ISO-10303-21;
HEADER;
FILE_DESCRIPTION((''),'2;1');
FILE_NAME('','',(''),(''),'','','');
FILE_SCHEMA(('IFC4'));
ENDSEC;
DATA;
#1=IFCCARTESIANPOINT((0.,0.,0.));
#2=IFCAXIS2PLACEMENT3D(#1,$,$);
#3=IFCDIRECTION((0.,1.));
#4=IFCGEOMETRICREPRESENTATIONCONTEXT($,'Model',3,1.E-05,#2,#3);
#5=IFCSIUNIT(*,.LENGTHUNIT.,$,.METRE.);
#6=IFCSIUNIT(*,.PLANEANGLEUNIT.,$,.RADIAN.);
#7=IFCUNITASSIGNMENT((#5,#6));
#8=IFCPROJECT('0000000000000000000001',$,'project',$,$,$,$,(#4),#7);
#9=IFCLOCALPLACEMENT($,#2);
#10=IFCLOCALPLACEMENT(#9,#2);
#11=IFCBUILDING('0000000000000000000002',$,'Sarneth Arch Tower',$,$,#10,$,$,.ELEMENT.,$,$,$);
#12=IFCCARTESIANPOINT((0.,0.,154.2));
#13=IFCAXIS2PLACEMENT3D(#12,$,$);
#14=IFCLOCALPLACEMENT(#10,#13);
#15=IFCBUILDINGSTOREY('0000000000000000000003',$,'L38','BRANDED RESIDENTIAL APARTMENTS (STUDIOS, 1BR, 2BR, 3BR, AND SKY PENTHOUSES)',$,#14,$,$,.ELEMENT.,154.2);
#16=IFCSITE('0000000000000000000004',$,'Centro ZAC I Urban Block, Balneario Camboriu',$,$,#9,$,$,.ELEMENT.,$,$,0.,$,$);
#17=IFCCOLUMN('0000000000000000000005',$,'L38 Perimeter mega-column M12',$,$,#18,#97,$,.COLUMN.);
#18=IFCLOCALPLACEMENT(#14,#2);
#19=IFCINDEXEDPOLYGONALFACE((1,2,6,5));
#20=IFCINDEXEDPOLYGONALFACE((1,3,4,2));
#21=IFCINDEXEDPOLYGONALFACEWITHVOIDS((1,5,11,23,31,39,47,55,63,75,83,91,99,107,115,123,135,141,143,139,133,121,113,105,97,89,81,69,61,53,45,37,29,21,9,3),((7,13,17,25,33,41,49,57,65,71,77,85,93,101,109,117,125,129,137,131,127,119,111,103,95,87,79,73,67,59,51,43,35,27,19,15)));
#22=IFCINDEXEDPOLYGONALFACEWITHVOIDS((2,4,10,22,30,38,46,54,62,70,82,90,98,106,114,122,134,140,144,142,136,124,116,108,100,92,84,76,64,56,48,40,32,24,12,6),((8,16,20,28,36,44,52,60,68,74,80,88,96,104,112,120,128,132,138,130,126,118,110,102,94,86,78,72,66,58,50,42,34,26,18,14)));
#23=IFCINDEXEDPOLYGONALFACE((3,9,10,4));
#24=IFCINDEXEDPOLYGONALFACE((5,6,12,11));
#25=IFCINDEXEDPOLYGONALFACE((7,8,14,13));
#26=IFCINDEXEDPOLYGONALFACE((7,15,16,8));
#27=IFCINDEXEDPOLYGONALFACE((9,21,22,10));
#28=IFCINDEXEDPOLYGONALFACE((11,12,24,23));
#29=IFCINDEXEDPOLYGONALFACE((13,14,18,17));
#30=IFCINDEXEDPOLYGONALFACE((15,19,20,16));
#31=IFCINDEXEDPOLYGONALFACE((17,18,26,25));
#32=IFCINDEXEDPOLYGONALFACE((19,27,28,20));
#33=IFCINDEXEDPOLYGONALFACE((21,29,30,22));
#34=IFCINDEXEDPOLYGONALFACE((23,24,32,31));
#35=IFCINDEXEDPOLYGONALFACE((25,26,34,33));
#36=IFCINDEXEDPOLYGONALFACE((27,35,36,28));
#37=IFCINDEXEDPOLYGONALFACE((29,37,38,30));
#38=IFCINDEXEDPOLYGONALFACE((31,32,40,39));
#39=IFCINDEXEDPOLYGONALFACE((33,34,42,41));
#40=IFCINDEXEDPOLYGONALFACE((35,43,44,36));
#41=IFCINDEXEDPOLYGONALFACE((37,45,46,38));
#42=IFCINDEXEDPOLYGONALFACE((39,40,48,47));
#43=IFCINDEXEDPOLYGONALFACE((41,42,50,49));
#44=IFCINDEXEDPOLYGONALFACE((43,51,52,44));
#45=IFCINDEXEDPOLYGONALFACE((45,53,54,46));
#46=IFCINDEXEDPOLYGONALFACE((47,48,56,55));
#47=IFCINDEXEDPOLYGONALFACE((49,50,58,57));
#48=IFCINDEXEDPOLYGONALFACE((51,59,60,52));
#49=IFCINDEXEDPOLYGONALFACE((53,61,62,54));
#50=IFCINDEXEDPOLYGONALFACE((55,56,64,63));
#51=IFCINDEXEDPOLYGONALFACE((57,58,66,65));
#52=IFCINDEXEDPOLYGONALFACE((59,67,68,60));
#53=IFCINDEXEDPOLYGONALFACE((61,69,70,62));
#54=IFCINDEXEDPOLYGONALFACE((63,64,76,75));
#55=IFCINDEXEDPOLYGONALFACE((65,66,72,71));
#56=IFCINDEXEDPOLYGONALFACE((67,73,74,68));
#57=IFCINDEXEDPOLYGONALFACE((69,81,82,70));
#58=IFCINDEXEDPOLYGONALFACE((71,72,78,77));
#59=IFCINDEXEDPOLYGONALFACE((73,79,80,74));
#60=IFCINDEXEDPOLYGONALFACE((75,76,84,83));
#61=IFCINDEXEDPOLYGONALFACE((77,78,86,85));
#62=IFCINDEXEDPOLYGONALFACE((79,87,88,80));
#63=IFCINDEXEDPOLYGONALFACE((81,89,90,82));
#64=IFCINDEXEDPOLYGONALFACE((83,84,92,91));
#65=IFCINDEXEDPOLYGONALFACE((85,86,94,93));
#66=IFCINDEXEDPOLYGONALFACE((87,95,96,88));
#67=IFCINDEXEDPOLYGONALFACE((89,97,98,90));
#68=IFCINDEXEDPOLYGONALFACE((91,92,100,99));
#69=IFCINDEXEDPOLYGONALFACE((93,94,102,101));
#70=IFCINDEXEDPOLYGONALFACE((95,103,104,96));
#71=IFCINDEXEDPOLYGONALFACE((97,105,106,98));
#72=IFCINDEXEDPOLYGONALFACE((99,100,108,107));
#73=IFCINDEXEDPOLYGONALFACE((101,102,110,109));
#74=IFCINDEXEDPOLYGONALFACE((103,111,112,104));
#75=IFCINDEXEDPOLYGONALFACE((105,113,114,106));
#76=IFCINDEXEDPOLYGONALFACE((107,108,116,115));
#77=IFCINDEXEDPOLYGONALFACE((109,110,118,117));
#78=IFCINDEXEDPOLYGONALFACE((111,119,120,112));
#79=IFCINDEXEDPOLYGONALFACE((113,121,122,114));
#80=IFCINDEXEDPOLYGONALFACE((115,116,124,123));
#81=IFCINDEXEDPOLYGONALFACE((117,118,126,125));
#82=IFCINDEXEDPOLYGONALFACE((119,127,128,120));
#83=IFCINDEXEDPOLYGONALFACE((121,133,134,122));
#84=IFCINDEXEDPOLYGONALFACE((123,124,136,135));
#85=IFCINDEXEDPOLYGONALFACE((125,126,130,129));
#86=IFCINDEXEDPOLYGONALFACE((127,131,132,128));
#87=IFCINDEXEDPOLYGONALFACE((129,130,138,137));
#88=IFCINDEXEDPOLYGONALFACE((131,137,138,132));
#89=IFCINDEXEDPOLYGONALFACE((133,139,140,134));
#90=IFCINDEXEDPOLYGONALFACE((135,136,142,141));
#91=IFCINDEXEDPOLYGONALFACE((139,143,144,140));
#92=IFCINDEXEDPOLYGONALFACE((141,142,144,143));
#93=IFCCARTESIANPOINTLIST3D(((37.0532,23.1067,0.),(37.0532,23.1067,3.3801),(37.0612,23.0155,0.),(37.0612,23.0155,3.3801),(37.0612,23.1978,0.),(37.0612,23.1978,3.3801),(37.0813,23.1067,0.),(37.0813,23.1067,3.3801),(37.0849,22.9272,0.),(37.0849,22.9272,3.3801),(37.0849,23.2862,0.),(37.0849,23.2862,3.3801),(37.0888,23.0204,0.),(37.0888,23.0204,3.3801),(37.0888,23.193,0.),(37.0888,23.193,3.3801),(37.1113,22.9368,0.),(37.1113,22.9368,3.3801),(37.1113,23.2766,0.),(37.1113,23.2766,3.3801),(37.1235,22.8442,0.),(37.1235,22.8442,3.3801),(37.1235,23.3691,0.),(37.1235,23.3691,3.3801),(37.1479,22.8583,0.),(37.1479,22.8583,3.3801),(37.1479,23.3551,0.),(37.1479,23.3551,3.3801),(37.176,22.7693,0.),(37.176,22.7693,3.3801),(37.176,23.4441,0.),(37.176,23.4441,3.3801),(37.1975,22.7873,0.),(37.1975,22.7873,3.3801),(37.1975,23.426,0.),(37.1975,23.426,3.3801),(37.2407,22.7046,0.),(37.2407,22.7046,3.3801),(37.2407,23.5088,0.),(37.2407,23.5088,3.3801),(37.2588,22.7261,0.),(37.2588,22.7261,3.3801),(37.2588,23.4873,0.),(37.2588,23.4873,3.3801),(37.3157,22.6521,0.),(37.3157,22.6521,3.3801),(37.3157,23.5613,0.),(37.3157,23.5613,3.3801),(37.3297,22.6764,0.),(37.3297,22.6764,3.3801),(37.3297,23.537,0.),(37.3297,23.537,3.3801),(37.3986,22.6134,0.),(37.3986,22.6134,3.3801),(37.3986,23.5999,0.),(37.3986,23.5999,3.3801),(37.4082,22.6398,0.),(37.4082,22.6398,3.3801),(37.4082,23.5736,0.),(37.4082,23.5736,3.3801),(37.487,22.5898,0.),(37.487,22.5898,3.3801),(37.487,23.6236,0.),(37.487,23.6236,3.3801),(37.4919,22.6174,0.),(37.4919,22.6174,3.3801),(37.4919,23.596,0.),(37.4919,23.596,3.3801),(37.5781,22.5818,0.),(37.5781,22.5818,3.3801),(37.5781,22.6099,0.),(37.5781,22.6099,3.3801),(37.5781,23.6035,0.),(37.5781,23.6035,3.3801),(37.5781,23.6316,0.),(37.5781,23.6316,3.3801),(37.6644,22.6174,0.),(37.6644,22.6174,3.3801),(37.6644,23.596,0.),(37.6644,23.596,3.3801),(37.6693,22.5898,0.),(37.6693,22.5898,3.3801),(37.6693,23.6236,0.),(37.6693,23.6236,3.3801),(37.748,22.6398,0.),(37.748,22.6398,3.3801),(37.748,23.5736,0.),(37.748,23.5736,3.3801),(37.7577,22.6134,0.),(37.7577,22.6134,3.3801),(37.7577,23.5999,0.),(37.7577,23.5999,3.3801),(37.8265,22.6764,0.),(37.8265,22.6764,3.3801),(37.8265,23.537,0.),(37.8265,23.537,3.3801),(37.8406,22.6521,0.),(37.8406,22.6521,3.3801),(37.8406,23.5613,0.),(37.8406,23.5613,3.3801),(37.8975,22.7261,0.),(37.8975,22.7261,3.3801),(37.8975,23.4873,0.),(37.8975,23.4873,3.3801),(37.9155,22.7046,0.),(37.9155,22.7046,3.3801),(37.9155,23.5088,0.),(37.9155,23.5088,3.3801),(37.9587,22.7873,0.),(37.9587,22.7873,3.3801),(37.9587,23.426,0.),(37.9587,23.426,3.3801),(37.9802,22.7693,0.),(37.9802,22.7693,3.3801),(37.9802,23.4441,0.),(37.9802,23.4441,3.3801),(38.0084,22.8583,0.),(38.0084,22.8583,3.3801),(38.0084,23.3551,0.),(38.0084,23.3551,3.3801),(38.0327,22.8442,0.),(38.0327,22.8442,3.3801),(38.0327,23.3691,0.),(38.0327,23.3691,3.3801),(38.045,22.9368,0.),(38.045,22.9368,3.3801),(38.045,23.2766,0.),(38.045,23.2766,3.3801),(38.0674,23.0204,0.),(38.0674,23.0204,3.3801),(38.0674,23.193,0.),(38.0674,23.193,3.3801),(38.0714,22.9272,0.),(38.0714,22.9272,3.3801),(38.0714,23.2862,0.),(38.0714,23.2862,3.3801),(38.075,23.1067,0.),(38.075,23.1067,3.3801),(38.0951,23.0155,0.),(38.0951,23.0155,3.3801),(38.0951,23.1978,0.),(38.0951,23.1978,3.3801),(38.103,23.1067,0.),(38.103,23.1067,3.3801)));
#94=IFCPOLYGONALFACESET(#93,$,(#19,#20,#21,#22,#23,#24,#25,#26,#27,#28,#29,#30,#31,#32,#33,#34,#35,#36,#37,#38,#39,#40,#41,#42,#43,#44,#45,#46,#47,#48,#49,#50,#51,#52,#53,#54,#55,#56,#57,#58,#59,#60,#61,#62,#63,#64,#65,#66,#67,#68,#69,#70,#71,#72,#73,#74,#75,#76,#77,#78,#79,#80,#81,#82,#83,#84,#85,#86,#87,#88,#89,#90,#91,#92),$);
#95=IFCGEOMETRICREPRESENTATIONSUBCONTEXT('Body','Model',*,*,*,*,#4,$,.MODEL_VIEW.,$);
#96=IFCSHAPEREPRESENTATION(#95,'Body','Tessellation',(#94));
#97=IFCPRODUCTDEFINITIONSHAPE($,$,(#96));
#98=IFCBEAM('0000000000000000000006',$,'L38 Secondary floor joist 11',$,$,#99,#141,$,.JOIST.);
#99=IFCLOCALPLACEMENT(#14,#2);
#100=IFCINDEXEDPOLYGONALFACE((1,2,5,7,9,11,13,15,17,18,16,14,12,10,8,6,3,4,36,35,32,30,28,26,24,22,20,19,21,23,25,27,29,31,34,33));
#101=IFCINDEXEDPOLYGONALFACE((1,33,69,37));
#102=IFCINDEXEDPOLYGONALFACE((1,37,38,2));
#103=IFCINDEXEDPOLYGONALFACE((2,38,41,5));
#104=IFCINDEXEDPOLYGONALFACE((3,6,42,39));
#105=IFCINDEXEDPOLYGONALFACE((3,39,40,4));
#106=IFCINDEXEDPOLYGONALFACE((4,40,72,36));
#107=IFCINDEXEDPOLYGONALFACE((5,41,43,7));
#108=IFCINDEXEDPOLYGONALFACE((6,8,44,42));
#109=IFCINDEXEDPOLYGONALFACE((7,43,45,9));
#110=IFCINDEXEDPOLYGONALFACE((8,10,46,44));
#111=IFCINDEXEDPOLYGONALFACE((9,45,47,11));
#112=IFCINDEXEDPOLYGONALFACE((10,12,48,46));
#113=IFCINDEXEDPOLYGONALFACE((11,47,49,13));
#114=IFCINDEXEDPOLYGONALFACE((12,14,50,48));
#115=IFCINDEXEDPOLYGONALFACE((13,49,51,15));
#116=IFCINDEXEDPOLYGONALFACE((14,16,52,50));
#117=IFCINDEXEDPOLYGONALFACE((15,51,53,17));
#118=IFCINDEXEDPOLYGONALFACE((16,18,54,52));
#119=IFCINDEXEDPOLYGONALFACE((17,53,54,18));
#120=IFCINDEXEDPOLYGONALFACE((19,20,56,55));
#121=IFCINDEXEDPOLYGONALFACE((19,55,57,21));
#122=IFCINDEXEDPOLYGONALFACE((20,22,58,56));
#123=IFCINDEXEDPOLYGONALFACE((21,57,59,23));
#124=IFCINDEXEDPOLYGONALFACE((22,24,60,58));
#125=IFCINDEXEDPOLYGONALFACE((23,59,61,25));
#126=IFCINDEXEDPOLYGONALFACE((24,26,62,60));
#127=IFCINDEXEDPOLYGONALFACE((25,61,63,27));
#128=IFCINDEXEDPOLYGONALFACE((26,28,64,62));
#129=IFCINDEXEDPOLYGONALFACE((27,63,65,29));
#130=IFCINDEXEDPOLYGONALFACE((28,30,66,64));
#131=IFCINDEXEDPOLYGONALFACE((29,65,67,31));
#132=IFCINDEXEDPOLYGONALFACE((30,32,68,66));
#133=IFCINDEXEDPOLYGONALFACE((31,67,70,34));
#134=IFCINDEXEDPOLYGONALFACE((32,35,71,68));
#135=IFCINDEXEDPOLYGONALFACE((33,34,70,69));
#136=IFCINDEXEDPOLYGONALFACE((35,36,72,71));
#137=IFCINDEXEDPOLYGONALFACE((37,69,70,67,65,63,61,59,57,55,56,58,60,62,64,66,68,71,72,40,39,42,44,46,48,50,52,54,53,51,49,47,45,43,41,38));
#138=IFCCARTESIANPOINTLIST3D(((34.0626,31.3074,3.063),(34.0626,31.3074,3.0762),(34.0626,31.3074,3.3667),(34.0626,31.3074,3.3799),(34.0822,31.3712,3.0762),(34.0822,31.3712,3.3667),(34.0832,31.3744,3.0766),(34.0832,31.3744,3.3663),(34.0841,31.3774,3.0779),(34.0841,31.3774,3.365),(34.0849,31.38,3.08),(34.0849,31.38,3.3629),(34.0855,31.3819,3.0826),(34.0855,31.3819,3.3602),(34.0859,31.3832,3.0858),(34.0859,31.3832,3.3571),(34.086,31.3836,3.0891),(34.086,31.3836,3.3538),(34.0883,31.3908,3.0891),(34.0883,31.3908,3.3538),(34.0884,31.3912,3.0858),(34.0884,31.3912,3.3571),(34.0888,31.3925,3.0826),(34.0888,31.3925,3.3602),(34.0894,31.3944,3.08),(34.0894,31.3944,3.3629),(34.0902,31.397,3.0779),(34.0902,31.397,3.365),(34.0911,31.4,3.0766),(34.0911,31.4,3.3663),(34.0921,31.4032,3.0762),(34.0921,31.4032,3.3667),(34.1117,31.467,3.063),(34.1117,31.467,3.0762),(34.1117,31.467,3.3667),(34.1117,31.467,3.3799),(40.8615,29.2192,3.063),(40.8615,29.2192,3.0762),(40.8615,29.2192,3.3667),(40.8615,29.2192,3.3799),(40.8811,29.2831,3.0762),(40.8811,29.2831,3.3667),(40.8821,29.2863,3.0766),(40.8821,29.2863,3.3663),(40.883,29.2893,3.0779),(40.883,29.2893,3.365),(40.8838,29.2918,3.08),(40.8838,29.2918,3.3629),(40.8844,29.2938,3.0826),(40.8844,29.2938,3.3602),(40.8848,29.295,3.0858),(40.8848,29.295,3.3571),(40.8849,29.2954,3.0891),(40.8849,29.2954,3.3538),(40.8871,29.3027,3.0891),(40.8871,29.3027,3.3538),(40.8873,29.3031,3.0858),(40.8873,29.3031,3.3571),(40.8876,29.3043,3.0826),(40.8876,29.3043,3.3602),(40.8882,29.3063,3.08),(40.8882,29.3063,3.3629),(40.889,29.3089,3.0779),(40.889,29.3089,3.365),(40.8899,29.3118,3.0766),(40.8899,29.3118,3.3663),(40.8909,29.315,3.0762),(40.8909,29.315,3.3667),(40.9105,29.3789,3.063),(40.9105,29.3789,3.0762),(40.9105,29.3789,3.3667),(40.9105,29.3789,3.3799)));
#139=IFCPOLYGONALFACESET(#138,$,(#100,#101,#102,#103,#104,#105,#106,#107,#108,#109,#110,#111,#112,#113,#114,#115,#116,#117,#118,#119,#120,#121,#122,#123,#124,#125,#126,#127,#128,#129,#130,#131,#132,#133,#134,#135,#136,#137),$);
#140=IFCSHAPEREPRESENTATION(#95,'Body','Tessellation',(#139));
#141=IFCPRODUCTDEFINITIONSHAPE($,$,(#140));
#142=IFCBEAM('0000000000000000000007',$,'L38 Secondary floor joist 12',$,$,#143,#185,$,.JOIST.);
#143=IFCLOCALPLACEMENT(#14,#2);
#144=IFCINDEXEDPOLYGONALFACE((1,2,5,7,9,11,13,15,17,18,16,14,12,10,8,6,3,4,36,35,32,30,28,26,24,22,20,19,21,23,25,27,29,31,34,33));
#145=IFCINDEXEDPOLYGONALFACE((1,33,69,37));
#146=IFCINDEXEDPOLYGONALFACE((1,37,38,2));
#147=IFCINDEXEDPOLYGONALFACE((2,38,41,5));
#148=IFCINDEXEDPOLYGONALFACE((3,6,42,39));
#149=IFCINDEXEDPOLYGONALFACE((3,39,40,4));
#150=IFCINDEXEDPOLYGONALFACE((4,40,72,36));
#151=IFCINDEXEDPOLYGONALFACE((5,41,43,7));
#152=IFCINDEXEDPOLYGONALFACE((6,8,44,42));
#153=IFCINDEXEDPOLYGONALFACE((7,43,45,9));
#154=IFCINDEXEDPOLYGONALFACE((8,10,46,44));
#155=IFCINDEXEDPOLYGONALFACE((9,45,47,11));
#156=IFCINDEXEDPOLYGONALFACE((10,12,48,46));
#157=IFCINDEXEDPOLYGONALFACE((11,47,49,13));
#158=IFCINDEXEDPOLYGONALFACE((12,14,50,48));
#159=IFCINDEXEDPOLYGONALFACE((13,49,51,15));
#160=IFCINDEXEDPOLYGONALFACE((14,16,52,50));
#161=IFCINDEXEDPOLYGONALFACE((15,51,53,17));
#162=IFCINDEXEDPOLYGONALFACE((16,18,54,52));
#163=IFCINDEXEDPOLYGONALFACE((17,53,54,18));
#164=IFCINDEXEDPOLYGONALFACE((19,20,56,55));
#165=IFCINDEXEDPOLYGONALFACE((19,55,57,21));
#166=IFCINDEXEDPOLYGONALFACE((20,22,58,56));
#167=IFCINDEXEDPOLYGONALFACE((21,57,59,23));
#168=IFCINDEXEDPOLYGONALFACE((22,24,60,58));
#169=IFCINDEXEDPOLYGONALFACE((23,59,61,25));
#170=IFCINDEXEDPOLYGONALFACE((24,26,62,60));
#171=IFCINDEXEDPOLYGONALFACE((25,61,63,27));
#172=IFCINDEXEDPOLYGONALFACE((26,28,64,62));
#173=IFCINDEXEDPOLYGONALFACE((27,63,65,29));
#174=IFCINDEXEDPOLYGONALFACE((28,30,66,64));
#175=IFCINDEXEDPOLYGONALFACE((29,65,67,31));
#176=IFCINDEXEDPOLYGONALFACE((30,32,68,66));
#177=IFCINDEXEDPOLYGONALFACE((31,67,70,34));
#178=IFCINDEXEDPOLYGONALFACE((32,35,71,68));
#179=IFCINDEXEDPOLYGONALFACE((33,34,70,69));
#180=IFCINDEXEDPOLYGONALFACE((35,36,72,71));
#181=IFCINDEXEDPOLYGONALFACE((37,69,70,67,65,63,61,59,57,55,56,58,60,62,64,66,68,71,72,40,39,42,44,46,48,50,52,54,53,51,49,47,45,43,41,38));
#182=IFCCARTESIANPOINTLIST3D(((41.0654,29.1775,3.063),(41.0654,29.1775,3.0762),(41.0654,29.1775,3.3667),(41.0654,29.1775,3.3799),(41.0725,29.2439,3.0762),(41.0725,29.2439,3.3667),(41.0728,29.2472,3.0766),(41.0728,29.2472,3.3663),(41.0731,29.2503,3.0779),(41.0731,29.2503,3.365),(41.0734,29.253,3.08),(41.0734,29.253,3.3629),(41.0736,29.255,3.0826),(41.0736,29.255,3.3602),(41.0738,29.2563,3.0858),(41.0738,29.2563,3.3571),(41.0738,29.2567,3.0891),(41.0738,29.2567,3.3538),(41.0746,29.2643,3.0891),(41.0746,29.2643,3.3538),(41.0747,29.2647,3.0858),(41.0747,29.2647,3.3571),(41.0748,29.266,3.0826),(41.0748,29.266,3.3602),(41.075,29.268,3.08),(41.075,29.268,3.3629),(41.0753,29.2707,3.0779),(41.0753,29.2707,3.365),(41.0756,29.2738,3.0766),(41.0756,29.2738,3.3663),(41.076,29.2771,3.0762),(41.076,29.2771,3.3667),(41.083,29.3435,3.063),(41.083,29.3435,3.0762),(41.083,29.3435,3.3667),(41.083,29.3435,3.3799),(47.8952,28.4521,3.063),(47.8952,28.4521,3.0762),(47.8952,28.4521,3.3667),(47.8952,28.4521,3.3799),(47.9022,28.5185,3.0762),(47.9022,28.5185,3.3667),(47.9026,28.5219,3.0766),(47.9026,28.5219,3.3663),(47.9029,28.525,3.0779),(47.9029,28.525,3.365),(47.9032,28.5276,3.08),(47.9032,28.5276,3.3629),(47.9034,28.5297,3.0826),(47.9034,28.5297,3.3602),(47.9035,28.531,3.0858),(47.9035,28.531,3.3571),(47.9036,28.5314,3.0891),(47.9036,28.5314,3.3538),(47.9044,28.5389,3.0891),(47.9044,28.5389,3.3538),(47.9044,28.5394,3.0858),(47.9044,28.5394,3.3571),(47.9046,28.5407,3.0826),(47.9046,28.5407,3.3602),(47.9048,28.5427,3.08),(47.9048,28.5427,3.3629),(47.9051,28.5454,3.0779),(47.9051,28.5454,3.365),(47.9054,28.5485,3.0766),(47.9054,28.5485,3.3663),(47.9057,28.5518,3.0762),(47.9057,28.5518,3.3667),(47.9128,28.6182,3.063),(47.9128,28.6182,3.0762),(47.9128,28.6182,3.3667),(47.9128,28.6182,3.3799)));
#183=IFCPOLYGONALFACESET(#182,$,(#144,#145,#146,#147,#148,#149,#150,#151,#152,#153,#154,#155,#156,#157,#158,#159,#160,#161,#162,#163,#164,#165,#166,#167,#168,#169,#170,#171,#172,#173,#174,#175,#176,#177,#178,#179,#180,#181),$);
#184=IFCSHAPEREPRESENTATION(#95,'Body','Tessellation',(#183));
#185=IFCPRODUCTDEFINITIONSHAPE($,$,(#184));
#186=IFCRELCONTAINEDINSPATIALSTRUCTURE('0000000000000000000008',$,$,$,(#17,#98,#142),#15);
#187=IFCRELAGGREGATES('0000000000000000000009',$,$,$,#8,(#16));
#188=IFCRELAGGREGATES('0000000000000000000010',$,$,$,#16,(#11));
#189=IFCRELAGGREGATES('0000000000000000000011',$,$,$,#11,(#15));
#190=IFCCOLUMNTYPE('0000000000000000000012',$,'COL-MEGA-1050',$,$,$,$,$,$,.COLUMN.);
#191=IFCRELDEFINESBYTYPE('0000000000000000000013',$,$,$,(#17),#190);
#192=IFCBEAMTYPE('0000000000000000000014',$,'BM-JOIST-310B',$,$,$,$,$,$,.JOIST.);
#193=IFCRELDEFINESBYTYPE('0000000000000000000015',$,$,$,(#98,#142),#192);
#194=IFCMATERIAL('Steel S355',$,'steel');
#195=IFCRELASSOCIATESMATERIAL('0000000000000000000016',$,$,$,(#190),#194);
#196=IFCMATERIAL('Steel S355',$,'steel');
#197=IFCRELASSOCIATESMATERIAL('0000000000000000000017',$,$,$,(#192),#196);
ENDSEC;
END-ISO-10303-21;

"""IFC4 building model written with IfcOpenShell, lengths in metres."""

from ifc_helpers import new_model, si_unit, direction, frame, origin, origin_2d, place, context, subcontext, project, spatial, hollow_circle, i_section, extrude, material, material_profile, profile_set, type_object, element, save


model = new_model("IFC4")

# Units and contexts
model_context = context("Model", 3, precision=1e-05, world=origin(), true_north=direction((0.0, 1.0)))
body_context = subcontext(model_context, "Body", "Model", "MODEL_VIEW")
ifc_project = project(units=[si_unit("LENGTHUNIT", "METRE"), si_unit("PLANEANGLEUNIT", "RADIAN")], contexts=[model_context])

# Site, building, storey
site_placement = place(None, origin())
site = spatial("IfcSite", under=ifc_project, at=site_placement, Name="Centro ZAC I Urban Block, Balneario Camboriu", CompositionType="ELEMENT", RefElevation=0.0)
building_placement = place(site_placement, origin())
building = spatial("IfcBuilding", under=site, at=building_placement, Name="Sarneth Arch Tower", CompositionType="ELEMENT")
storey_placement = place(building_placement, frame((0.0, 0.0, 154.2)))
storey = spatial("IfcBuildingStorey", under=building, at=storey_placement, Name="L38", Description="BRANDED RESIDENTIAL APARTMENTS (STUDIOS, 1BR, 2BR, 3BR, AND SKY PENTHOUSES)", CompositionType="ELEMENT", Elevation=154.2)

# Column
ifc_material_1 = material(Name="Steel S355", Category="steel")
ifc_material_profile_1 = material_profile(ifc_material_1, hollow_circle(Radius=0.5249, WallThickness=0.0281, at=origin_2d()), Name="CHS1050x28")
ifc_profile_set_1 = profile_set([ifc_material_profile_1], Name="Steel S355")
column_type = type_object("IfcColumnType", Name="COL-MEGA-1050", PredefinedType="COLUMN", material=ifc_profile_set_1)
column_placement = place(storey_placement, frame((37.5781, 23.1067, 0.0), z_axis=(0.0, 0.0, 1.0), x_axis=(1.0, 0.0, 0.0)))
element("IfcColumn", 1, at=column_placement, inside=storey, type_object=column_type, Name="L38 Perimeter mega-column M12", PredefinedType="COLUMN", context=body_context, shape_type="SweptSolid", body=[
    extrude(hollow_circle(Radius=0.5249, WallThickness=0.0281, at=origin_2d()), origin(), (0.0, 0.0, 1.0), 3.3801),
])

# Beams
ifc_material_2 = material(Name="Steel S355", Category="steel")
ifc_material_profile_2 = material_profile(ifc_material_2, i_section(OverallWidth=0.167, OverallDepth=0.3169, WebThickness=0.0076, FlangeThickness=0.0132, FilletRadius=0.0129, at=origin_2d()), Name="W310x52")
ifc_profile_set_2 = profile_set([ifc_material_profile_2], Name="Steel S355")
beam_type_1 = type_object("IfcBeamType", Name="BM-JOIST-310B", PredefinedType="JOIST", material=ifc_profile_set_2)
beam_1_placement = place(storey_placement, frame((34.0872, 31.3872, 3.2214), z_axis=(0.95593, -0.293596, 0.0), x_axis=(0.293596, 0.95593, 0.0)))
element("IfcBeam", 2, at=beam_1_placement, inside=storey, type_object=beam_type_1, Name="L38 Secondary floor joist 11", PredefinedType="JOIST", context=body_context, shape_type="SweptSolid", body=[
    extrude(i_section(OverallWidth=0.167, OverallDepth=0.3169, WebThickness=0.0076, FlangeThickness=0.0132, FilletRadius=0.0129, at=origin_2d()), origin(), (0.0, 0.0, 1.0), 7.1123),
])
beam_2_placement = place(storey_placement, frame((41.0742, 29.2605, 3.2214), z_axis=(0.994408, -0.105608, 0.0), x_axis=(0.105608, 0.994408, 0.0)))
element("IfcBeam", 3, at=beam_2_placement, inside=storey, type_object=beam_type_1, Name="L38 Secondary floor joist 12", PredefinedType="JOIST", context=body_context, shape_type="SweptSolid", body=[
    extrude(i_section(OverallWidth=0.167, OverallDepth=0.3169, WebThickness=0.0076, FlangeThickness=0.0132, FilletRadius=0.0129, at=origin_2d()), origin(), (0.0, 0.0, 1.0), 6.8682),
])

save(model, "model.ifc")
